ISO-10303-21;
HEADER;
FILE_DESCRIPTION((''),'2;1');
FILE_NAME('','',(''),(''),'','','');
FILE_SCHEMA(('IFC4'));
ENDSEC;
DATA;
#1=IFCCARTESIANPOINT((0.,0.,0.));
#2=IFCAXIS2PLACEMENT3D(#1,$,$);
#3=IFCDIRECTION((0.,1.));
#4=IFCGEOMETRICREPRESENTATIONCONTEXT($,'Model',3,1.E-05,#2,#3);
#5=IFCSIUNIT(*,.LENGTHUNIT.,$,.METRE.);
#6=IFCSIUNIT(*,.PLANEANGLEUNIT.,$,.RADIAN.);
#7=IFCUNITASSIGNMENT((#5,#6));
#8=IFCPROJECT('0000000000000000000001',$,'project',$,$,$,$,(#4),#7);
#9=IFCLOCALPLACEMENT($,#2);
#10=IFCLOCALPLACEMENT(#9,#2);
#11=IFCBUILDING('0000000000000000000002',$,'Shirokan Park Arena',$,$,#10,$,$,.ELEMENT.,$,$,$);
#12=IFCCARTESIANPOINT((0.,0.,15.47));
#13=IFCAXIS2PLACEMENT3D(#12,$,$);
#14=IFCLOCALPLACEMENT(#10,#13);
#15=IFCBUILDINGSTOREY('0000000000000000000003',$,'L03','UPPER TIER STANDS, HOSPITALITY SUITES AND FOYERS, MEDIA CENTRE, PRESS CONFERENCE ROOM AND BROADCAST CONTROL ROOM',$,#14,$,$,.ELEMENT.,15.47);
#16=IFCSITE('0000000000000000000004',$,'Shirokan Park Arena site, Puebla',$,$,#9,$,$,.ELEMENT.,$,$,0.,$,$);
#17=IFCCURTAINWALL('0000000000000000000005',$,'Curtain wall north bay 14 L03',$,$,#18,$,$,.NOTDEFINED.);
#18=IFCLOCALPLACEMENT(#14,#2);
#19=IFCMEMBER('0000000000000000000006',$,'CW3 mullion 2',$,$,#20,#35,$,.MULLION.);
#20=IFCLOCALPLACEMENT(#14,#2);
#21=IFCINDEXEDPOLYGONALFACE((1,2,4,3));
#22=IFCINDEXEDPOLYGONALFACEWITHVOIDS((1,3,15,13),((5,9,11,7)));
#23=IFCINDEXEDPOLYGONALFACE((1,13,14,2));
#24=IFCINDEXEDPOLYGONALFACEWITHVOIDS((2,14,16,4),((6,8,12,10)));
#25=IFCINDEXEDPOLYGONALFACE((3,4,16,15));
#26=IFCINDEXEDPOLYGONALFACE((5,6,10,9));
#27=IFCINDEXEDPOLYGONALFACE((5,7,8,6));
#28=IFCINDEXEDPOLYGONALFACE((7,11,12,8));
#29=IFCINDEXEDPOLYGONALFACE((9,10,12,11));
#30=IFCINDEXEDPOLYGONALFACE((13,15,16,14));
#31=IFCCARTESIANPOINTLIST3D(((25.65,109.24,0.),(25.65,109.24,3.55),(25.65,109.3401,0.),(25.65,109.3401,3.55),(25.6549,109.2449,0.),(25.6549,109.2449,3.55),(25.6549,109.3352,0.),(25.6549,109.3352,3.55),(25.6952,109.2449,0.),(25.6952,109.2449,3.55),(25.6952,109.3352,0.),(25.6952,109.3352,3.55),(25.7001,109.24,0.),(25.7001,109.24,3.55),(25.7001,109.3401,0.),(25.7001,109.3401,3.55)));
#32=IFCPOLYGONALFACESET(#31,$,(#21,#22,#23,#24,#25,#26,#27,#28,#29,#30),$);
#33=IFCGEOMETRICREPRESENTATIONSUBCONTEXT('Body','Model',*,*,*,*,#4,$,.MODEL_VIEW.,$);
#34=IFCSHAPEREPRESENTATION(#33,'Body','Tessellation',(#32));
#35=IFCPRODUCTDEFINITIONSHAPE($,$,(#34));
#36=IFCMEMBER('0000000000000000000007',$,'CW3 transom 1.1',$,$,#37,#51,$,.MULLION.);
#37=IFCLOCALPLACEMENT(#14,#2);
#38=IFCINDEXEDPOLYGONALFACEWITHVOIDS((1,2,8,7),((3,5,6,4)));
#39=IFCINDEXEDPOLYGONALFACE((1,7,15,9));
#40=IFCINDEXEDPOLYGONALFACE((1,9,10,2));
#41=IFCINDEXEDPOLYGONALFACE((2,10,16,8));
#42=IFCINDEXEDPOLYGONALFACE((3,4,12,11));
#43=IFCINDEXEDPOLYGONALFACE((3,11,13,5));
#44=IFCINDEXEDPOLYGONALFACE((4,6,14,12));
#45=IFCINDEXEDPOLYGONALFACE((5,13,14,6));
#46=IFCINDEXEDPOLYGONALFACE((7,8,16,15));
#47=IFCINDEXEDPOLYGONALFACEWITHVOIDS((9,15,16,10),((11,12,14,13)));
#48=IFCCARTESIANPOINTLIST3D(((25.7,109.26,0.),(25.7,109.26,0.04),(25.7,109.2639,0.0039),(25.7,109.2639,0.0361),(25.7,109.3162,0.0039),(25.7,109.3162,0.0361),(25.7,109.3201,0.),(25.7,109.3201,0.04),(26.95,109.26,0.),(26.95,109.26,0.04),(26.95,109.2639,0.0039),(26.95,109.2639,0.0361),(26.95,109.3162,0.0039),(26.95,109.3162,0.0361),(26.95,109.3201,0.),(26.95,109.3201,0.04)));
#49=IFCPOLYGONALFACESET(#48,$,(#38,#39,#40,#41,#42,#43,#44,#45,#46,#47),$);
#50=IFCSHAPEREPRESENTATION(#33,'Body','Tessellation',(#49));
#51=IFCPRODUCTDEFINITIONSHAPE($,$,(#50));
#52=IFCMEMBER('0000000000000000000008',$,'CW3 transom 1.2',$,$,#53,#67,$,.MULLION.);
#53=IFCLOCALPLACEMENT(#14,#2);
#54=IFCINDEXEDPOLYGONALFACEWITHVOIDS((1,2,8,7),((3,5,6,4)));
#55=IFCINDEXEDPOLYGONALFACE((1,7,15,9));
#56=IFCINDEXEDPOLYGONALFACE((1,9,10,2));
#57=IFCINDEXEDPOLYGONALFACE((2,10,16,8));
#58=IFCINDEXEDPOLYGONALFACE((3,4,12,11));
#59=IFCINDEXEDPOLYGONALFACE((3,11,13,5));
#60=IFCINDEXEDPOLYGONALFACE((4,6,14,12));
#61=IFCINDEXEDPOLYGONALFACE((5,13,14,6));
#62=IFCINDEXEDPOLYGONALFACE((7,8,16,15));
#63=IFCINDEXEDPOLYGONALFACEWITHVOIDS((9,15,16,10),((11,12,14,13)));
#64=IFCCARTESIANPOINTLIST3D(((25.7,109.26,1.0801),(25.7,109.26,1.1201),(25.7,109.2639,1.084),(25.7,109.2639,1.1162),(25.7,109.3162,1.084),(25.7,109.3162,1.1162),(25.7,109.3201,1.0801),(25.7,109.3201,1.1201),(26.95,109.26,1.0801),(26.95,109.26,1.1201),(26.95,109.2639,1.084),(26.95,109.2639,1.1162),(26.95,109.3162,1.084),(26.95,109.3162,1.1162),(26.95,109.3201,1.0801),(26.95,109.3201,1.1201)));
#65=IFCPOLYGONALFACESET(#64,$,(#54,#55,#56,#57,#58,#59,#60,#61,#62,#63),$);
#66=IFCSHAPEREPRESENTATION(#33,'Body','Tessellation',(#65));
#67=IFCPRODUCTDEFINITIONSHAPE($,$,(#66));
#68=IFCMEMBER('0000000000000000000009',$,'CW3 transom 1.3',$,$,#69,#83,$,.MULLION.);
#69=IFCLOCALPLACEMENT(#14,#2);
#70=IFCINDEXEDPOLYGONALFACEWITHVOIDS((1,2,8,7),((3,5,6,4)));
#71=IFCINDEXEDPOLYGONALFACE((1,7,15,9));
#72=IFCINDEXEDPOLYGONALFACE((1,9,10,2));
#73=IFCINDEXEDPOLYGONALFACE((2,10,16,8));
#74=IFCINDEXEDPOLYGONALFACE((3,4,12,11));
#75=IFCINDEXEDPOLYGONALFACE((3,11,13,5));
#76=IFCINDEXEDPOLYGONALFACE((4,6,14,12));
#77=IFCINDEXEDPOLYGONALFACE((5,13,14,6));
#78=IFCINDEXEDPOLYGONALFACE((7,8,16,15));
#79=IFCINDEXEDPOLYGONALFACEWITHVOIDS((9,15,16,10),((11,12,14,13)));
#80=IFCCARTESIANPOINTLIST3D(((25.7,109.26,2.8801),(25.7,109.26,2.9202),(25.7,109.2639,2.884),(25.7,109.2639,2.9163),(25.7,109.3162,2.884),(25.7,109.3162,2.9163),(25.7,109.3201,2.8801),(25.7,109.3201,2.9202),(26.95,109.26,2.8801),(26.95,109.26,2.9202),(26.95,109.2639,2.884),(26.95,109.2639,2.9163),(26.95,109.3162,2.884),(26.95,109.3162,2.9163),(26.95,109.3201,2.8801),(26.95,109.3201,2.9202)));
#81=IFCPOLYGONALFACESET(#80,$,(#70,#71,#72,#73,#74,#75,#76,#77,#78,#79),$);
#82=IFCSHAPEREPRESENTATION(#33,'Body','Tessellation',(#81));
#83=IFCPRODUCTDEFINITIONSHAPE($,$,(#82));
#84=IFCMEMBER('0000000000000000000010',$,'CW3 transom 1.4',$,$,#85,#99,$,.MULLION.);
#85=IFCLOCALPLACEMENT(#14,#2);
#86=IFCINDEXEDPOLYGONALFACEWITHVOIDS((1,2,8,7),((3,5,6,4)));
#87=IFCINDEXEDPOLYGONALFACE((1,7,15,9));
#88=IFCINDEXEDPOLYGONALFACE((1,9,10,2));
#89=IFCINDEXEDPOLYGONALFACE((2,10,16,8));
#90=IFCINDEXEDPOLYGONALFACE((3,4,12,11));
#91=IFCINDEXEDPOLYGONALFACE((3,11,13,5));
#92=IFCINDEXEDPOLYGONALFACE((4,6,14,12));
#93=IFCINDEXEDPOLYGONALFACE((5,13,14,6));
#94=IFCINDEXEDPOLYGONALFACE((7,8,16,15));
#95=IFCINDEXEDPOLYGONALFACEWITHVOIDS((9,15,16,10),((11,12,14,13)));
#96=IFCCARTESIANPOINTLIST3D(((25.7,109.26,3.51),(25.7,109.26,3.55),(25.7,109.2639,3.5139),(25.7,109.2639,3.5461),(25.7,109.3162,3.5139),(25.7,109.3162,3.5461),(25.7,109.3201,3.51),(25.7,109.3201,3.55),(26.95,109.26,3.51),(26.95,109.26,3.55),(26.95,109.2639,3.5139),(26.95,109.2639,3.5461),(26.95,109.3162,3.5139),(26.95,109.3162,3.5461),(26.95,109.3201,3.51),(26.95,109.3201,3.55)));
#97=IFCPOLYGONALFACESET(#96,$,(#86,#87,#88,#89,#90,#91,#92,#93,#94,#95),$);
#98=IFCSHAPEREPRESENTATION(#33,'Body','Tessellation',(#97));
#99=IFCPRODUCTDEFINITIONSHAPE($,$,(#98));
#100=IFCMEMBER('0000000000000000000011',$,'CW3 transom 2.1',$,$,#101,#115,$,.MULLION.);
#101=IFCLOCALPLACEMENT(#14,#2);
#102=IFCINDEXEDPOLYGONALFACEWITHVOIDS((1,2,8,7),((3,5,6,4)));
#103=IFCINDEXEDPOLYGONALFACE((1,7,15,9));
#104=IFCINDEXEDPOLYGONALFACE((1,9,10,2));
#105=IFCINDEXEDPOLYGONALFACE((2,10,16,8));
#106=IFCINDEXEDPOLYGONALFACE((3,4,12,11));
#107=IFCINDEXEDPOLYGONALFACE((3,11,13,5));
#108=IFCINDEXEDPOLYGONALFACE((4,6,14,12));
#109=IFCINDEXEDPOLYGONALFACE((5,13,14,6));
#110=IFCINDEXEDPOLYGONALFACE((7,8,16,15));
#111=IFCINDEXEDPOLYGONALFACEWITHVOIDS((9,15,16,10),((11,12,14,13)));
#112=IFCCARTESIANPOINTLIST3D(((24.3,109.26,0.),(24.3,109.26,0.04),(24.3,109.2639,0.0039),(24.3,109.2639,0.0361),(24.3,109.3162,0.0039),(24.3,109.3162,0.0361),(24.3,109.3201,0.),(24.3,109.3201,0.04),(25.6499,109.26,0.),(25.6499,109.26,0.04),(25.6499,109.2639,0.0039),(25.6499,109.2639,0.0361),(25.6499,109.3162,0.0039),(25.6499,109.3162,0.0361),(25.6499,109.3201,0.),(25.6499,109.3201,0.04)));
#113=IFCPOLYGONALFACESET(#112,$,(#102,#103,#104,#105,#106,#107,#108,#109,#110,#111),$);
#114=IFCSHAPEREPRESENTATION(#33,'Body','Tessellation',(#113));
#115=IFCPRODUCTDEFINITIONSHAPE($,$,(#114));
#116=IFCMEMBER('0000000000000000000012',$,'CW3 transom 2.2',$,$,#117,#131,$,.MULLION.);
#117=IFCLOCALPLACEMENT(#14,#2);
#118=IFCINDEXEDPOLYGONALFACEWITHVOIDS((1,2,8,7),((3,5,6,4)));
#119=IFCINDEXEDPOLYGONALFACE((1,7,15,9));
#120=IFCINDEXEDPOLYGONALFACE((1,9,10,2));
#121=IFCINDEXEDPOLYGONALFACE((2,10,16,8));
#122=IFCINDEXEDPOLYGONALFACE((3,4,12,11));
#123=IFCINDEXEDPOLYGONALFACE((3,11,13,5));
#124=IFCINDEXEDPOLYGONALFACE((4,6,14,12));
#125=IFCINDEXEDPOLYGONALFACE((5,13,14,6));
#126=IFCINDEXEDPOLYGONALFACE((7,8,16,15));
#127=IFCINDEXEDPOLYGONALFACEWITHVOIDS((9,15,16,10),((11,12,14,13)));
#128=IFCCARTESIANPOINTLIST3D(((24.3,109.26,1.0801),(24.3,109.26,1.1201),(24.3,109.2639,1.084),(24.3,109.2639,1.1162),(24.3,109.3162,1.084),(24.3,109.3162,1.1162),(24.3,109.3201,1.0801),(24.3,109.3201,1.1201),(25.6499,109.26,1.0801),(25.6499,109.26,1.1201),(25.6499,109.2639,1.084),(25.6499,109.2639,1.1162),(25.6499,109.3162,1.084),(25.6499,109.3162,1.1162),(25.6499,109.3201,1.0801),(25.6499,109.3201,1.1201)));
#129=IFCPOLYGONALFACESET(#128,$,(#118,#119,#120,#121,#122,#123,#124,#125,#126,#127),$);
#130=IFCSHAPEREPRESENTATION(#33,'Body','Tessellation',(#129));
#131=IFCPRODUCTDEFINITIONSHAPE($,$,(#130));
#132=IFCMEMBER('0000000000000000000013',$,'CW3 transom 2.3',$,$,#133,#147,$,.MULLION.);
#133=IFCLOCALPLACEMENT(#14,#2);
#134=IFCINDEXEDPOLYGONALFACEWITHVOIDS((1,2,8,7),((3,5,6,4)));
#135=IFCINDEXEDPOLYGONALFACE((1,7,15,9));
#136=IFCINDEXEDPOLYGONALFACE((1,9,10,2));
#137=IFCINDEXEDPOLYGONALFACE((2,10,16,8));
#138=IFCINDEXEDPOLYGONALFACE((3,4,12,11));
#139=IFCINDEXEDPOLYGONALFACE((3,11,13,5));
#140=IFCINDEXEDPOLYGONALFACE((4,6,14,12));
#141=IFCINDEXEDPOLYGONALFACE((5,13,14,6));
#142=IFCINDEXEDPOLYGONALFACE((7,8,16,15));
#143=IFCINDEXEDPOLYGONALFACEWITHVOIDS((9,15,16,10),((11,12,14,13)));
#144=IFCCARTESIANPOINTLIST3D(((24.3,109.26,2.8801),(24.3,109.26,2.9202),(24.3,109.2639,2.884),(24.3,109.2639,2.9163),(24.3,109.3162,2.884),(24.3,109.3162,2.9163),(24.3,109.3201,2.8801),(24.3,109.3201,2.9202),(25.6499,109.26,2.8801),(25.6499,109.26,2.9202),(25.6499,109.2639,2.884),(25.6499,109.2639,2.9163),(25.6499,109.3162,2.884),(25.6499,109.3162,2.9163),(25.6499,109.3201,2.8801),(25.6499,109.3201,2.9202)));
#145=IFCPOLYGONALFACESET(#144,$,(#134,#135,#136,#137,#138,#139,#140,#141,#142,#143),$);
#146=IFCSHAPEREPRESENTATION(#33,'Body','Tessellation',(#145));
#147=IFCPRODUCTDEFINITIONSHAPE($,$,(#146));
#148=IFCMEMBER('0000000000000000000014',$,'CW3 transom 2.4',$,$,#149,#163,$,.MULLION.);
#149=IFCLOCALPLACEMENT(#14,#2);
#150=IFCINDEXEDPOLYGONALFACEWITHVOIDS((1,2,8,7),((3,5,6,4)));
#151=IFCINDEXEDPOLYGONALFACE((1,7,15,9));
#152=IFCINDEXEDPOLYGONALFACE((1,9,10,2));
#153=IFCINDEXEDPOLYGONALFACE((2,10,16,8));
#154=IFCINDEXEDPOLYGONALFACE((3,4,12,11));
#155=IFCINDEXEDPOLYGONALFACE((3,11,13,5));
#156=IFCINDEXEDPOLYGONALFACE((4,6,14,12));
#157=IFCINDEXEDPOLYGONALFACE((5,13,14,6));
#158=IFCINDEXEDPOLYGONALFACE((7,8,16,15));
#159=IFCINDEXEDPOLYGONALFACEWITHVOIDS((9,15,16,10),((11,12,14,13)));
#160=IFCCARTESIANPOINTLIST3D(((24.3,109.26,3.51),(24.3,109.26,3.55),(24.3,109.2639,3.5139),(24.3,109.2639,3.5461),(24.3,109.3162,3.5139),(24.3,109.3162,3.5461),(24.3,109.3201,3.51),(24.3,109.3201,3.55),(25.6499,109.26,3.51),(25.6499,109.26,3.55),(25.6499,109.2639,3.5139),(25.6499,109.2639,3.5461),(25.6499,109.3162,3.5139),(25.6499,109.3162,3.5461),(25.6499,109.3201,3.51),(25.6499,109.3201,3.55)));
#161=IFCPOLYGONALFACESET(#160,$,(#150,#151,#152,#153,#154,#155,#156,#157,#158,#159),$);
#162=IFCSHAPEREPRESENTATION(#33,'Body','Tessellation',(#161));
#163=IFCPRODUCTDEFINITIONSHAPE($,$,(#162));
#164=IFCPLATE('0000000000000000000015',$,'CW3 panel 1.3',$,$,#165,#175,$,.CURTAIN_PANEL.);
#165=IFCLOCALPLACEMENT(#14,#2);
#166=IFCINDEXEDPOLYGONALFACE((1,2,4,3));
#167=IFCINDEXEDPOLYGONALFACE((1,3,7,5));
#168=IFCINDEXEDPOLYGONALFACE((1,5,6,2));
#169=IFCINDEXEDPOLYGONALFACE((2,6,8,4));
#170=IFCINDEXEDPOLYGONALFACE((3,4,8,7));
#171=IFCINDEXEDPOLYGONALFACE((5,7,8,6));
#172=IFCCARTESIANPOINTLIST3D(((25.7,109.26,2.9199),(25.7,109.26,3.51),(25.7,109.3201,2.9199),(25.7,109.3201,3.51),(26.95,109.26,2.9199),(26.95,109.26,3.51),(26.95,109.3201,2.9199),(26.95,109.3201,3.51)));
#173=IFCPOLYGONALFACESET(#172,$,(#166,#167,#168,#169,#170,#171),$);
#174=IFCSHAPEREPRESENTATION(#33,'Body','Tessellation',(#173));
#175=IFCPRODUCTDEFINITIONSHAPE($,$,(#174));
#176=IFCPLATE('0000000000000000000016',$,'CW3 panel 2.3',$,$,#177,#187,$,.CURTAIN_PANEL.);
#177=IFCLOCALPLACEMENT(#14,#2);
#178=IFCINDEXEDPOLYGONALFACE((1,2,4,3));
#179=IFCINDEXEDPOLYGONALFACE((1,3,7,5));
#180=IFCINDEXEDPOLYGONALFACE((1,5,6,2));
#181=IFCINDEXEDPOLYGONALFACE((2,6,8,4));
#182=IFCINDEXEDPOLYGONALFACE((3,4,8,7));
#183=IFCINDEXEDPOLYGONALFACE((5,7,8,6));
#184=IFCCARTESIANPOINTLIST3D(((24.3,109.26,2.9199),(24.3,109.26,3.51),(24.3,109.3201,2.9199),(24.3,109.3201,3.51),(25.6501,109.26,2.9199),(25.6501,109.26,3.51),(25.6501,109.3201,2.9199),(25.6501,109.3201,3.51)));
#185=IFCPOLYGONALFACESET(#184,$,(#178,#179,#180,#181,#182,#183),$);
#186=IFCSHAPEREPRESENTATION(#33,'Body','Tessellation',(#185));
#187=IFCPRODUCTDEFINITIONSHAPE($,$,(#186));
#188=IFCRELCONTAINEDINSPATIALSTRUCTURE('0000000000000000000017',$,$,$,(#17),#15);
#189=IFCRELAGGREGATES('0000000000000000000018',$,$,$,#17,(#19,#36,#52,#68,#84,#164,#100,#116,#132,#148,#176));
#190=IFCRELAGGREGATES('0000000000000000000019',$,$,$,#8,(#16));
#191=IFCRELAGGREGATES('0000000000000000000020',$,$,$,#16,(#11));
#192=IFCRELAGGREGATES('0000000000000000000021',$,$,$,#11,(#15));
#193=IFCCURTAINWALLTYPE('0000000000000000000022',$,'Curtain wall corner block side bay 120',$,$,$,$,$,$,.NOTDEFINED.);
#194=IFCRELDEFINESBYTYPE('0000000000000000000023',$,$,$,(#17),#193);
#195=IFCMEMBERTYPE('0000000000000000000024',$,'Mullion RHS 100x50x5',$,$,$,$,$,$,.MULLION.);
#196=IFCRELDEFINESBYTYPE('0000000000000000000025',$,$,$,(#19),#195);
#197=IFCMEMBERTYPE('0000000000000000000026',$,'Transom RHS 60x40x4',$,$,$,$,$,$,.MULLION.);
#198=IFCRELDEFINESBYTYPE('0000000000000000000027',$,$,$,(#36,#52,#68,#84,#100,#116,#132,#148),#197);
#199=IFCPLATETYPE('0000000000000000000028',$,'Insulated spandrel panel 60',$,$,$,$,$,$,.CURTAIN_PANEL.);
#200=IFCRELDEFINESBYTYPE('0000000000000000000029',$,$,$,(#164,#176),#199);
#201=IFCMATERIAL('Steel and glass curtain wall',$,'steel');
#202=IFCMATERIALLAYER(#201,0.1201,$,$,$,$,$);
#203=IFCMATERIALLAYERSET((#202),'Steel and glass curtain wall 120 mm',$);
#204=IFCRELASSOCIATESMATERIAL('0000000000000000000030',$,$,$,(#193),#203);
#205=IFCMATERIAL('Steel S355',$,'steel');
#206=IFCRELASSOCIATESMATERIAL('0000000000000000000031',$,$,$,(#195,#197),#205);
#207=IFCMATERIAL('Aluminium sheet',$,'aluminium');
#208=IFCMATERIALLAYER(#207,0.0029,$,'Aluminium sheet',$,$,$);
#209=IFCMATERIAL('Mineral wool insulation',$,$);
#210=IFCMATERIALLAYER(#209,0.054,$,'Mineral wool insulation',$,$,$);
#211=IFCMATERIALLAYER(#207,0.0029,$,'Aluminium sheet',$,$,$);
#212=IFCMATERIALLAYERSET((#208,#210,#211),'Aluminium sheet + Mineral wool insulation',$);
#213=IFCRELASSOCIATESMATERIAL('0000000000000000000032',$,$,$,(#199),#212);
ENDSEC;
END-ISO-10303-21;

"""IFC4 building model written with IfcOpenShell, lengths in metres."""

from ifc_helpers import new_model, si_unit, direction, frame, origin, origin_2d, place, context, subcontext, project, spatial, rectangle, hollow_rectangle, extrude, material, layer, layer_set, material_profile, profile_set, type_object, element, aggregate, save


model = new_model("IFC4")

# Units and contexts
model_context = context("Model", 3, precision=1e-05, world=origin(), true_north=direction((0.0, 1.0)))
body_context = subcontext(model_context, "Body", "Model", "MODEL_VIEW")
ifc_project = project(units=[si_unit("LENGTHUNIT", "METRE"), si_unit("PLANEANGLEUNIT", "RADIAN")], contexts=[model_context])

# Site, building, storey
site_placement = place(None, origin())
site = spatial("IfcSite", under=ifc_project, at=site_placement, Name="Shirokan Park Arena site, Puebla", CompositionType="ELEMENT", RefElevation=0.0)
building_placement = place(site_placement, origin())
building = spatial("IfcBuilding", under=site, at=building_placement, Name="Shirokan Park Arena", CompositionType="ELEMENT")
storey_placement = place(building_placement, frame((0.0, 0.0, 15.47)))
storey = spatial("IfcBuildingStorey", under=building, at=storey_placement, Name="L03", Description="UPPER TIER STANDS, HOSPITALITY SUITES AND FOYERS, MEDIA CENTRE, PRESS CONFERENCE ROOM AND BROADCAST CONTROL ROOM", CompositionType="ELEMENT", Elevation=15.47)

# Curtain wall, members, plates
ifc_material_1 = material(Name="Steel and glass curtain wall", Category="steel")
ifc_layer_1 = layer(ifc_material_1, 0.1201)
ifc_layer_set_1 = layer_set([ifc_layer_1], Name="Steel and glass curtain wall 120 mm")
curtain_wall_type = type_object("IfcCurtainWallType", Name="Curtain wall corner block side bay 120", PredefinedType="NOTDEFINED", material=ifc_layer_set_1)
curtain_wall_placement = place(storey_placement, origin())
curtain_wall = element("IfcCurtainWall", 1, at=curtain_wall_placement, inside=storey, type_object=curtain_wall_type, Name="Curtain wall north bay 14 L03", PredefinedType="NOTDEFINED")
ifc_material_2 = material(Name="Steel S355", Category="steel")
ifc_material_profile_1 = material_profile(ifc_material_2, hollow_rectangle(XDim=0.1001, YDim=0.05, WallThickness=0.0049, at=origin_2d()), Name="RHS 100x50x5")
ifc_profile_set_1 = profile_set([ifc_material_profile_1], Name="Steel S355")
member_type_1 = type_object("IfcMemberType", Name="Mullion RHS 100x50x5", PredefinedType="MULLION", material=ifc_profile_set_1)
member_1_placement = place(storey_placement, frame((25.675, 109.29, 0.0), z_axis=(0.0, 0.0, 1.0), x_axis=(0.0, -1.0, 0.0)))
member_1 = element("IfcMember", 2, at=member_1_placement, type_object=member_type_1, Name="CW3 mullion 2", PredefinedType="MULLION", context=body_context, shape_type="SweptSolid", body=[
    extrude(hollow_rectangle(XDim=0.1001, YDim=0.05, WallThickness=0.0049, at=origin_2d()), origin(), (0.0, 0.0, 1.0), 3.55),
])
ifc_material_profile_2 = material_profile(ifc_material_2, hollow_rectangle(XDim=0.0601, YDim=0.04, WallThickness=0.0039, at=origin_2d()), Name="RHS 60x40x4")
ifc_profile_set_2 = profile_set([ifc_material_profile_2], Name="Steel S355")
member_type_2 = type_object("IfcMemberType", Name="Transom RHS 60x40x4", PredefinedType="MULLION", material=ifc_profile_set_2)
member_2_placement = place(storey_placement, frame((26.95, 109.29, 0.02), z_axis=(-1.0, 0.0, 0.0), x_axis=(0.0, -1.0, 0.0)))
member_2 = element("IfcMember", 3, at=member_2_placement, type_object=member_type_2, Name="CW3 transom 1.1", PredefinedType="MULLION", context=body_context, shape_type="SweptSolid", body=[
    extrude(hollow_rectangle(XDim=0.0601, YDim=0.04, WallThickness=0.0039, at=origin_2d()), origin(), (0.0, 0.0, 1.0), 1.25),
])
member_3_placement = place(storey_placement, frame((26.95, 109.29, 1.1001), z_axis=(-1.0, 0.0, 0.0), x_axis=(0.0, -1.0, 0.0)))
member_3 = element("IfcMember", 4, at=member_3_placement, type_object=member_type_2, Name="CW3 transom 1.2", PredefinedType="MULLION", context=body_context, shape_type="SweptSolid", body=[
    extrude(hollow_rectangle(XDim=0.0601, YDim=0.04, WallThickness=0.0039, at=origin_2d()), origin(), (0.0, 0.0, 1.0), 1.25),
])
member_4_placement = place(storey_placement, frame((26.95, 109.29, 2.9001), z_axis=(-1.0, 0.0, 0.0), x_axis=(0.0, -1.0, 0.0)))
member_4 = element("IfcMember", 5, at=member_4_placement, type_object=member_type_2, Name="CW3 transom 1.3", PredefinedType="MULLION", context=body_context, shape_type="SweptSolid", body=[
    extrude(hollow_rectangle(XDim=0.0601, YDim=0.04, WallThickness=0.0039, at=origin_2d()), origin(), (0.0, 0.0, 1.0), 1.25),
])
member_5_placement = place(storey_placement, frame((26.95, 109.29, 3.53), z_axis=(-1.0, 0.0, 0.0), x_axis=(0.0, -1.0, 0.0)))
member_5 = element("IfcMember", 6, at=member_5_placement, type_object=member_type_2, Name="CW3 transom 1.4", PredefinedType="MULLION", context=body_context, shape_type="SweptSolid", body=[
    extrude(hollow_rectangle(XDim=0.0601, YDim=0.04, WallThickness=0.0039, at=origin_2d()), origin(), (0.0, 0.0, 1.0), 1.25),
])
member_6_placement = place(storey_placement, frame((25.6499, 109.29, 0.02), z_axis=(-1.0, 0.0, 0.0), x_axis=(0.0, -1.0, 0.0)))
member_6 = element("IfcMember", 7, at=member_6_placement, type_object=member_type_2, Name="CW3 transom 2.1", PredefinedType="MULLION", context=body_context, shape_type="SweptSolid", body=[
    extrude(hollow_rectangle(XDim=0.0601, YDim=0.04, WallThickness=0.0039, at=origin_2d()), origin(), (0.0, 0.0, 1.0), 1.3499),
])
member_7_placement = place(storey_placement, frame((25.6499, 109.29, 1.1001), z_axis=(-1.0, 0.0, 0.0), x_axis=(0.0, -1.0, 0.0)))
member_7 = element("IfcMember", 8, at=member_7_placement, type_object=member_type_2, Name="CW3 transom 2.2", PredefinedType="MULLION", context=body_context, shape_type="SweptSolid", body=[
    extrude(hollow_rectangle(XDim=0.0601, YDim=0.04, WallThickness=0.0039, at=origin_2d()), origin(), (0.0, 0.0, 1.0), 1.3499),
])
member_8_placement = place(storey_placement, frame((25.6499, 109.29, 2.9001), z_axis=(-1.0, 0.0, 0.0), x_axis=(0.0, -1.0, 0.0)))
member_8 = element("IfcMember", 9, at=member_8_placement, type_object=member_type_2, Name="CW3 transom 2.3", PredefinedType="MULLION", context=body_context, shape_type="SweptSolid", body=[
    extrude(hollow_rectangle(XDim=0.0601, YDim=0.04, WallThickness=0.0039, at=origin_2d()), origin(), (0.0, 0.0, 1.0), 1.3499),
])
member_9_placement = place(storey_placement, frame((25.6499, 109.29, 3.53), z_axis=(-1.0, 0.0, 0.0), x_axis=(0.0, -1.0, 0.0)))
member_9 = element("IfcMember", 10, at=member_9_placement, type_object=member_type_2, Name="CW3 transom 2.4", PredefinedType="MULLION", context=body_context, shape_type="SweptSolid", body=[
    extrude(hollow_rectangle(XDim=0.0601, YDim=0.04, WallThickness=0.0039, at=origin_2d()), origin(), (0.0, 0.0, 1.0), 1.3499),
])
ifc_material_3 = material(Name="Aluminium sheet", Category="aluminium")
ifc_layer_2 = layer(ifc_material_3, 0.0029, Name="Aluminium sheet")
ifc_material_4 = material(Name="Mineral wool insulation")
ifc_layer_3 = layer(ifc_material_4, 0.054, Name="Mineral wool insulation")
ifc_layer_4 = layer(ifc_material_3, 0.0029, Name="Aluminium sheet")
ifc_layer_set_2 = layer_set([ifc_layer_2, ifc_layer_3, ifc_layer_4], Name="Aluminium sheet + Mineral wool insulation")
plate_type_1 = type_object("IfcPlateType", Name="Insulated spandrel panel 60", PredefinedType="CURTAIN_PANEL", material=ifc_layer_set_2)
plate_1_placement = place(storey_placement, frame((26.325, 109.29, 2.9199), z_axis=(0.0, 0.0, 1.0), x_axis=(-1.0, 0.0, 0.0)))
plate_1 = element("IfcPlate", 11, at=plate_1_placement, type_object=plate_type_1, Name="CW3 panel 1.3", PredefinedType="CURTAIN_PANEL", context=body_context, shape_type="SweptSolid", body=[
    extrude(rectangle(XDim=1.25, YDim=0.0601, at=origin_2d()), origin(), (0.0, 0.0, 1.0), 0.5901),
])
plate_2_placement = place(storey_placement, frame((24.9751, 109.29, 2.9199), z_axis=(0.0, 0.0, 1.0), x_axis=(-1.0, 0.0, 0.0)))
plate_2 = element("IfcPlate", 12, at=plate_2_placement, type_object=plate_type_1, Name="CW3 panel 2.3", PredefinedType="CURTAIN_PANEL", context=body_context, shape_type="SweptSolid", body=[
    extrude(rectangle(XDim=1.3501, YDim=0.0601, at=origin_2d()), origin(), (0.0, 0.0, 1.0), 0.5901),
])
aggregate(curtain_wall, [member_1, member_2, member_3, member_4, member_5, plate_1, member_6, member_7, member_8, member_9, plate_2])

save(model, "model.ifc")
